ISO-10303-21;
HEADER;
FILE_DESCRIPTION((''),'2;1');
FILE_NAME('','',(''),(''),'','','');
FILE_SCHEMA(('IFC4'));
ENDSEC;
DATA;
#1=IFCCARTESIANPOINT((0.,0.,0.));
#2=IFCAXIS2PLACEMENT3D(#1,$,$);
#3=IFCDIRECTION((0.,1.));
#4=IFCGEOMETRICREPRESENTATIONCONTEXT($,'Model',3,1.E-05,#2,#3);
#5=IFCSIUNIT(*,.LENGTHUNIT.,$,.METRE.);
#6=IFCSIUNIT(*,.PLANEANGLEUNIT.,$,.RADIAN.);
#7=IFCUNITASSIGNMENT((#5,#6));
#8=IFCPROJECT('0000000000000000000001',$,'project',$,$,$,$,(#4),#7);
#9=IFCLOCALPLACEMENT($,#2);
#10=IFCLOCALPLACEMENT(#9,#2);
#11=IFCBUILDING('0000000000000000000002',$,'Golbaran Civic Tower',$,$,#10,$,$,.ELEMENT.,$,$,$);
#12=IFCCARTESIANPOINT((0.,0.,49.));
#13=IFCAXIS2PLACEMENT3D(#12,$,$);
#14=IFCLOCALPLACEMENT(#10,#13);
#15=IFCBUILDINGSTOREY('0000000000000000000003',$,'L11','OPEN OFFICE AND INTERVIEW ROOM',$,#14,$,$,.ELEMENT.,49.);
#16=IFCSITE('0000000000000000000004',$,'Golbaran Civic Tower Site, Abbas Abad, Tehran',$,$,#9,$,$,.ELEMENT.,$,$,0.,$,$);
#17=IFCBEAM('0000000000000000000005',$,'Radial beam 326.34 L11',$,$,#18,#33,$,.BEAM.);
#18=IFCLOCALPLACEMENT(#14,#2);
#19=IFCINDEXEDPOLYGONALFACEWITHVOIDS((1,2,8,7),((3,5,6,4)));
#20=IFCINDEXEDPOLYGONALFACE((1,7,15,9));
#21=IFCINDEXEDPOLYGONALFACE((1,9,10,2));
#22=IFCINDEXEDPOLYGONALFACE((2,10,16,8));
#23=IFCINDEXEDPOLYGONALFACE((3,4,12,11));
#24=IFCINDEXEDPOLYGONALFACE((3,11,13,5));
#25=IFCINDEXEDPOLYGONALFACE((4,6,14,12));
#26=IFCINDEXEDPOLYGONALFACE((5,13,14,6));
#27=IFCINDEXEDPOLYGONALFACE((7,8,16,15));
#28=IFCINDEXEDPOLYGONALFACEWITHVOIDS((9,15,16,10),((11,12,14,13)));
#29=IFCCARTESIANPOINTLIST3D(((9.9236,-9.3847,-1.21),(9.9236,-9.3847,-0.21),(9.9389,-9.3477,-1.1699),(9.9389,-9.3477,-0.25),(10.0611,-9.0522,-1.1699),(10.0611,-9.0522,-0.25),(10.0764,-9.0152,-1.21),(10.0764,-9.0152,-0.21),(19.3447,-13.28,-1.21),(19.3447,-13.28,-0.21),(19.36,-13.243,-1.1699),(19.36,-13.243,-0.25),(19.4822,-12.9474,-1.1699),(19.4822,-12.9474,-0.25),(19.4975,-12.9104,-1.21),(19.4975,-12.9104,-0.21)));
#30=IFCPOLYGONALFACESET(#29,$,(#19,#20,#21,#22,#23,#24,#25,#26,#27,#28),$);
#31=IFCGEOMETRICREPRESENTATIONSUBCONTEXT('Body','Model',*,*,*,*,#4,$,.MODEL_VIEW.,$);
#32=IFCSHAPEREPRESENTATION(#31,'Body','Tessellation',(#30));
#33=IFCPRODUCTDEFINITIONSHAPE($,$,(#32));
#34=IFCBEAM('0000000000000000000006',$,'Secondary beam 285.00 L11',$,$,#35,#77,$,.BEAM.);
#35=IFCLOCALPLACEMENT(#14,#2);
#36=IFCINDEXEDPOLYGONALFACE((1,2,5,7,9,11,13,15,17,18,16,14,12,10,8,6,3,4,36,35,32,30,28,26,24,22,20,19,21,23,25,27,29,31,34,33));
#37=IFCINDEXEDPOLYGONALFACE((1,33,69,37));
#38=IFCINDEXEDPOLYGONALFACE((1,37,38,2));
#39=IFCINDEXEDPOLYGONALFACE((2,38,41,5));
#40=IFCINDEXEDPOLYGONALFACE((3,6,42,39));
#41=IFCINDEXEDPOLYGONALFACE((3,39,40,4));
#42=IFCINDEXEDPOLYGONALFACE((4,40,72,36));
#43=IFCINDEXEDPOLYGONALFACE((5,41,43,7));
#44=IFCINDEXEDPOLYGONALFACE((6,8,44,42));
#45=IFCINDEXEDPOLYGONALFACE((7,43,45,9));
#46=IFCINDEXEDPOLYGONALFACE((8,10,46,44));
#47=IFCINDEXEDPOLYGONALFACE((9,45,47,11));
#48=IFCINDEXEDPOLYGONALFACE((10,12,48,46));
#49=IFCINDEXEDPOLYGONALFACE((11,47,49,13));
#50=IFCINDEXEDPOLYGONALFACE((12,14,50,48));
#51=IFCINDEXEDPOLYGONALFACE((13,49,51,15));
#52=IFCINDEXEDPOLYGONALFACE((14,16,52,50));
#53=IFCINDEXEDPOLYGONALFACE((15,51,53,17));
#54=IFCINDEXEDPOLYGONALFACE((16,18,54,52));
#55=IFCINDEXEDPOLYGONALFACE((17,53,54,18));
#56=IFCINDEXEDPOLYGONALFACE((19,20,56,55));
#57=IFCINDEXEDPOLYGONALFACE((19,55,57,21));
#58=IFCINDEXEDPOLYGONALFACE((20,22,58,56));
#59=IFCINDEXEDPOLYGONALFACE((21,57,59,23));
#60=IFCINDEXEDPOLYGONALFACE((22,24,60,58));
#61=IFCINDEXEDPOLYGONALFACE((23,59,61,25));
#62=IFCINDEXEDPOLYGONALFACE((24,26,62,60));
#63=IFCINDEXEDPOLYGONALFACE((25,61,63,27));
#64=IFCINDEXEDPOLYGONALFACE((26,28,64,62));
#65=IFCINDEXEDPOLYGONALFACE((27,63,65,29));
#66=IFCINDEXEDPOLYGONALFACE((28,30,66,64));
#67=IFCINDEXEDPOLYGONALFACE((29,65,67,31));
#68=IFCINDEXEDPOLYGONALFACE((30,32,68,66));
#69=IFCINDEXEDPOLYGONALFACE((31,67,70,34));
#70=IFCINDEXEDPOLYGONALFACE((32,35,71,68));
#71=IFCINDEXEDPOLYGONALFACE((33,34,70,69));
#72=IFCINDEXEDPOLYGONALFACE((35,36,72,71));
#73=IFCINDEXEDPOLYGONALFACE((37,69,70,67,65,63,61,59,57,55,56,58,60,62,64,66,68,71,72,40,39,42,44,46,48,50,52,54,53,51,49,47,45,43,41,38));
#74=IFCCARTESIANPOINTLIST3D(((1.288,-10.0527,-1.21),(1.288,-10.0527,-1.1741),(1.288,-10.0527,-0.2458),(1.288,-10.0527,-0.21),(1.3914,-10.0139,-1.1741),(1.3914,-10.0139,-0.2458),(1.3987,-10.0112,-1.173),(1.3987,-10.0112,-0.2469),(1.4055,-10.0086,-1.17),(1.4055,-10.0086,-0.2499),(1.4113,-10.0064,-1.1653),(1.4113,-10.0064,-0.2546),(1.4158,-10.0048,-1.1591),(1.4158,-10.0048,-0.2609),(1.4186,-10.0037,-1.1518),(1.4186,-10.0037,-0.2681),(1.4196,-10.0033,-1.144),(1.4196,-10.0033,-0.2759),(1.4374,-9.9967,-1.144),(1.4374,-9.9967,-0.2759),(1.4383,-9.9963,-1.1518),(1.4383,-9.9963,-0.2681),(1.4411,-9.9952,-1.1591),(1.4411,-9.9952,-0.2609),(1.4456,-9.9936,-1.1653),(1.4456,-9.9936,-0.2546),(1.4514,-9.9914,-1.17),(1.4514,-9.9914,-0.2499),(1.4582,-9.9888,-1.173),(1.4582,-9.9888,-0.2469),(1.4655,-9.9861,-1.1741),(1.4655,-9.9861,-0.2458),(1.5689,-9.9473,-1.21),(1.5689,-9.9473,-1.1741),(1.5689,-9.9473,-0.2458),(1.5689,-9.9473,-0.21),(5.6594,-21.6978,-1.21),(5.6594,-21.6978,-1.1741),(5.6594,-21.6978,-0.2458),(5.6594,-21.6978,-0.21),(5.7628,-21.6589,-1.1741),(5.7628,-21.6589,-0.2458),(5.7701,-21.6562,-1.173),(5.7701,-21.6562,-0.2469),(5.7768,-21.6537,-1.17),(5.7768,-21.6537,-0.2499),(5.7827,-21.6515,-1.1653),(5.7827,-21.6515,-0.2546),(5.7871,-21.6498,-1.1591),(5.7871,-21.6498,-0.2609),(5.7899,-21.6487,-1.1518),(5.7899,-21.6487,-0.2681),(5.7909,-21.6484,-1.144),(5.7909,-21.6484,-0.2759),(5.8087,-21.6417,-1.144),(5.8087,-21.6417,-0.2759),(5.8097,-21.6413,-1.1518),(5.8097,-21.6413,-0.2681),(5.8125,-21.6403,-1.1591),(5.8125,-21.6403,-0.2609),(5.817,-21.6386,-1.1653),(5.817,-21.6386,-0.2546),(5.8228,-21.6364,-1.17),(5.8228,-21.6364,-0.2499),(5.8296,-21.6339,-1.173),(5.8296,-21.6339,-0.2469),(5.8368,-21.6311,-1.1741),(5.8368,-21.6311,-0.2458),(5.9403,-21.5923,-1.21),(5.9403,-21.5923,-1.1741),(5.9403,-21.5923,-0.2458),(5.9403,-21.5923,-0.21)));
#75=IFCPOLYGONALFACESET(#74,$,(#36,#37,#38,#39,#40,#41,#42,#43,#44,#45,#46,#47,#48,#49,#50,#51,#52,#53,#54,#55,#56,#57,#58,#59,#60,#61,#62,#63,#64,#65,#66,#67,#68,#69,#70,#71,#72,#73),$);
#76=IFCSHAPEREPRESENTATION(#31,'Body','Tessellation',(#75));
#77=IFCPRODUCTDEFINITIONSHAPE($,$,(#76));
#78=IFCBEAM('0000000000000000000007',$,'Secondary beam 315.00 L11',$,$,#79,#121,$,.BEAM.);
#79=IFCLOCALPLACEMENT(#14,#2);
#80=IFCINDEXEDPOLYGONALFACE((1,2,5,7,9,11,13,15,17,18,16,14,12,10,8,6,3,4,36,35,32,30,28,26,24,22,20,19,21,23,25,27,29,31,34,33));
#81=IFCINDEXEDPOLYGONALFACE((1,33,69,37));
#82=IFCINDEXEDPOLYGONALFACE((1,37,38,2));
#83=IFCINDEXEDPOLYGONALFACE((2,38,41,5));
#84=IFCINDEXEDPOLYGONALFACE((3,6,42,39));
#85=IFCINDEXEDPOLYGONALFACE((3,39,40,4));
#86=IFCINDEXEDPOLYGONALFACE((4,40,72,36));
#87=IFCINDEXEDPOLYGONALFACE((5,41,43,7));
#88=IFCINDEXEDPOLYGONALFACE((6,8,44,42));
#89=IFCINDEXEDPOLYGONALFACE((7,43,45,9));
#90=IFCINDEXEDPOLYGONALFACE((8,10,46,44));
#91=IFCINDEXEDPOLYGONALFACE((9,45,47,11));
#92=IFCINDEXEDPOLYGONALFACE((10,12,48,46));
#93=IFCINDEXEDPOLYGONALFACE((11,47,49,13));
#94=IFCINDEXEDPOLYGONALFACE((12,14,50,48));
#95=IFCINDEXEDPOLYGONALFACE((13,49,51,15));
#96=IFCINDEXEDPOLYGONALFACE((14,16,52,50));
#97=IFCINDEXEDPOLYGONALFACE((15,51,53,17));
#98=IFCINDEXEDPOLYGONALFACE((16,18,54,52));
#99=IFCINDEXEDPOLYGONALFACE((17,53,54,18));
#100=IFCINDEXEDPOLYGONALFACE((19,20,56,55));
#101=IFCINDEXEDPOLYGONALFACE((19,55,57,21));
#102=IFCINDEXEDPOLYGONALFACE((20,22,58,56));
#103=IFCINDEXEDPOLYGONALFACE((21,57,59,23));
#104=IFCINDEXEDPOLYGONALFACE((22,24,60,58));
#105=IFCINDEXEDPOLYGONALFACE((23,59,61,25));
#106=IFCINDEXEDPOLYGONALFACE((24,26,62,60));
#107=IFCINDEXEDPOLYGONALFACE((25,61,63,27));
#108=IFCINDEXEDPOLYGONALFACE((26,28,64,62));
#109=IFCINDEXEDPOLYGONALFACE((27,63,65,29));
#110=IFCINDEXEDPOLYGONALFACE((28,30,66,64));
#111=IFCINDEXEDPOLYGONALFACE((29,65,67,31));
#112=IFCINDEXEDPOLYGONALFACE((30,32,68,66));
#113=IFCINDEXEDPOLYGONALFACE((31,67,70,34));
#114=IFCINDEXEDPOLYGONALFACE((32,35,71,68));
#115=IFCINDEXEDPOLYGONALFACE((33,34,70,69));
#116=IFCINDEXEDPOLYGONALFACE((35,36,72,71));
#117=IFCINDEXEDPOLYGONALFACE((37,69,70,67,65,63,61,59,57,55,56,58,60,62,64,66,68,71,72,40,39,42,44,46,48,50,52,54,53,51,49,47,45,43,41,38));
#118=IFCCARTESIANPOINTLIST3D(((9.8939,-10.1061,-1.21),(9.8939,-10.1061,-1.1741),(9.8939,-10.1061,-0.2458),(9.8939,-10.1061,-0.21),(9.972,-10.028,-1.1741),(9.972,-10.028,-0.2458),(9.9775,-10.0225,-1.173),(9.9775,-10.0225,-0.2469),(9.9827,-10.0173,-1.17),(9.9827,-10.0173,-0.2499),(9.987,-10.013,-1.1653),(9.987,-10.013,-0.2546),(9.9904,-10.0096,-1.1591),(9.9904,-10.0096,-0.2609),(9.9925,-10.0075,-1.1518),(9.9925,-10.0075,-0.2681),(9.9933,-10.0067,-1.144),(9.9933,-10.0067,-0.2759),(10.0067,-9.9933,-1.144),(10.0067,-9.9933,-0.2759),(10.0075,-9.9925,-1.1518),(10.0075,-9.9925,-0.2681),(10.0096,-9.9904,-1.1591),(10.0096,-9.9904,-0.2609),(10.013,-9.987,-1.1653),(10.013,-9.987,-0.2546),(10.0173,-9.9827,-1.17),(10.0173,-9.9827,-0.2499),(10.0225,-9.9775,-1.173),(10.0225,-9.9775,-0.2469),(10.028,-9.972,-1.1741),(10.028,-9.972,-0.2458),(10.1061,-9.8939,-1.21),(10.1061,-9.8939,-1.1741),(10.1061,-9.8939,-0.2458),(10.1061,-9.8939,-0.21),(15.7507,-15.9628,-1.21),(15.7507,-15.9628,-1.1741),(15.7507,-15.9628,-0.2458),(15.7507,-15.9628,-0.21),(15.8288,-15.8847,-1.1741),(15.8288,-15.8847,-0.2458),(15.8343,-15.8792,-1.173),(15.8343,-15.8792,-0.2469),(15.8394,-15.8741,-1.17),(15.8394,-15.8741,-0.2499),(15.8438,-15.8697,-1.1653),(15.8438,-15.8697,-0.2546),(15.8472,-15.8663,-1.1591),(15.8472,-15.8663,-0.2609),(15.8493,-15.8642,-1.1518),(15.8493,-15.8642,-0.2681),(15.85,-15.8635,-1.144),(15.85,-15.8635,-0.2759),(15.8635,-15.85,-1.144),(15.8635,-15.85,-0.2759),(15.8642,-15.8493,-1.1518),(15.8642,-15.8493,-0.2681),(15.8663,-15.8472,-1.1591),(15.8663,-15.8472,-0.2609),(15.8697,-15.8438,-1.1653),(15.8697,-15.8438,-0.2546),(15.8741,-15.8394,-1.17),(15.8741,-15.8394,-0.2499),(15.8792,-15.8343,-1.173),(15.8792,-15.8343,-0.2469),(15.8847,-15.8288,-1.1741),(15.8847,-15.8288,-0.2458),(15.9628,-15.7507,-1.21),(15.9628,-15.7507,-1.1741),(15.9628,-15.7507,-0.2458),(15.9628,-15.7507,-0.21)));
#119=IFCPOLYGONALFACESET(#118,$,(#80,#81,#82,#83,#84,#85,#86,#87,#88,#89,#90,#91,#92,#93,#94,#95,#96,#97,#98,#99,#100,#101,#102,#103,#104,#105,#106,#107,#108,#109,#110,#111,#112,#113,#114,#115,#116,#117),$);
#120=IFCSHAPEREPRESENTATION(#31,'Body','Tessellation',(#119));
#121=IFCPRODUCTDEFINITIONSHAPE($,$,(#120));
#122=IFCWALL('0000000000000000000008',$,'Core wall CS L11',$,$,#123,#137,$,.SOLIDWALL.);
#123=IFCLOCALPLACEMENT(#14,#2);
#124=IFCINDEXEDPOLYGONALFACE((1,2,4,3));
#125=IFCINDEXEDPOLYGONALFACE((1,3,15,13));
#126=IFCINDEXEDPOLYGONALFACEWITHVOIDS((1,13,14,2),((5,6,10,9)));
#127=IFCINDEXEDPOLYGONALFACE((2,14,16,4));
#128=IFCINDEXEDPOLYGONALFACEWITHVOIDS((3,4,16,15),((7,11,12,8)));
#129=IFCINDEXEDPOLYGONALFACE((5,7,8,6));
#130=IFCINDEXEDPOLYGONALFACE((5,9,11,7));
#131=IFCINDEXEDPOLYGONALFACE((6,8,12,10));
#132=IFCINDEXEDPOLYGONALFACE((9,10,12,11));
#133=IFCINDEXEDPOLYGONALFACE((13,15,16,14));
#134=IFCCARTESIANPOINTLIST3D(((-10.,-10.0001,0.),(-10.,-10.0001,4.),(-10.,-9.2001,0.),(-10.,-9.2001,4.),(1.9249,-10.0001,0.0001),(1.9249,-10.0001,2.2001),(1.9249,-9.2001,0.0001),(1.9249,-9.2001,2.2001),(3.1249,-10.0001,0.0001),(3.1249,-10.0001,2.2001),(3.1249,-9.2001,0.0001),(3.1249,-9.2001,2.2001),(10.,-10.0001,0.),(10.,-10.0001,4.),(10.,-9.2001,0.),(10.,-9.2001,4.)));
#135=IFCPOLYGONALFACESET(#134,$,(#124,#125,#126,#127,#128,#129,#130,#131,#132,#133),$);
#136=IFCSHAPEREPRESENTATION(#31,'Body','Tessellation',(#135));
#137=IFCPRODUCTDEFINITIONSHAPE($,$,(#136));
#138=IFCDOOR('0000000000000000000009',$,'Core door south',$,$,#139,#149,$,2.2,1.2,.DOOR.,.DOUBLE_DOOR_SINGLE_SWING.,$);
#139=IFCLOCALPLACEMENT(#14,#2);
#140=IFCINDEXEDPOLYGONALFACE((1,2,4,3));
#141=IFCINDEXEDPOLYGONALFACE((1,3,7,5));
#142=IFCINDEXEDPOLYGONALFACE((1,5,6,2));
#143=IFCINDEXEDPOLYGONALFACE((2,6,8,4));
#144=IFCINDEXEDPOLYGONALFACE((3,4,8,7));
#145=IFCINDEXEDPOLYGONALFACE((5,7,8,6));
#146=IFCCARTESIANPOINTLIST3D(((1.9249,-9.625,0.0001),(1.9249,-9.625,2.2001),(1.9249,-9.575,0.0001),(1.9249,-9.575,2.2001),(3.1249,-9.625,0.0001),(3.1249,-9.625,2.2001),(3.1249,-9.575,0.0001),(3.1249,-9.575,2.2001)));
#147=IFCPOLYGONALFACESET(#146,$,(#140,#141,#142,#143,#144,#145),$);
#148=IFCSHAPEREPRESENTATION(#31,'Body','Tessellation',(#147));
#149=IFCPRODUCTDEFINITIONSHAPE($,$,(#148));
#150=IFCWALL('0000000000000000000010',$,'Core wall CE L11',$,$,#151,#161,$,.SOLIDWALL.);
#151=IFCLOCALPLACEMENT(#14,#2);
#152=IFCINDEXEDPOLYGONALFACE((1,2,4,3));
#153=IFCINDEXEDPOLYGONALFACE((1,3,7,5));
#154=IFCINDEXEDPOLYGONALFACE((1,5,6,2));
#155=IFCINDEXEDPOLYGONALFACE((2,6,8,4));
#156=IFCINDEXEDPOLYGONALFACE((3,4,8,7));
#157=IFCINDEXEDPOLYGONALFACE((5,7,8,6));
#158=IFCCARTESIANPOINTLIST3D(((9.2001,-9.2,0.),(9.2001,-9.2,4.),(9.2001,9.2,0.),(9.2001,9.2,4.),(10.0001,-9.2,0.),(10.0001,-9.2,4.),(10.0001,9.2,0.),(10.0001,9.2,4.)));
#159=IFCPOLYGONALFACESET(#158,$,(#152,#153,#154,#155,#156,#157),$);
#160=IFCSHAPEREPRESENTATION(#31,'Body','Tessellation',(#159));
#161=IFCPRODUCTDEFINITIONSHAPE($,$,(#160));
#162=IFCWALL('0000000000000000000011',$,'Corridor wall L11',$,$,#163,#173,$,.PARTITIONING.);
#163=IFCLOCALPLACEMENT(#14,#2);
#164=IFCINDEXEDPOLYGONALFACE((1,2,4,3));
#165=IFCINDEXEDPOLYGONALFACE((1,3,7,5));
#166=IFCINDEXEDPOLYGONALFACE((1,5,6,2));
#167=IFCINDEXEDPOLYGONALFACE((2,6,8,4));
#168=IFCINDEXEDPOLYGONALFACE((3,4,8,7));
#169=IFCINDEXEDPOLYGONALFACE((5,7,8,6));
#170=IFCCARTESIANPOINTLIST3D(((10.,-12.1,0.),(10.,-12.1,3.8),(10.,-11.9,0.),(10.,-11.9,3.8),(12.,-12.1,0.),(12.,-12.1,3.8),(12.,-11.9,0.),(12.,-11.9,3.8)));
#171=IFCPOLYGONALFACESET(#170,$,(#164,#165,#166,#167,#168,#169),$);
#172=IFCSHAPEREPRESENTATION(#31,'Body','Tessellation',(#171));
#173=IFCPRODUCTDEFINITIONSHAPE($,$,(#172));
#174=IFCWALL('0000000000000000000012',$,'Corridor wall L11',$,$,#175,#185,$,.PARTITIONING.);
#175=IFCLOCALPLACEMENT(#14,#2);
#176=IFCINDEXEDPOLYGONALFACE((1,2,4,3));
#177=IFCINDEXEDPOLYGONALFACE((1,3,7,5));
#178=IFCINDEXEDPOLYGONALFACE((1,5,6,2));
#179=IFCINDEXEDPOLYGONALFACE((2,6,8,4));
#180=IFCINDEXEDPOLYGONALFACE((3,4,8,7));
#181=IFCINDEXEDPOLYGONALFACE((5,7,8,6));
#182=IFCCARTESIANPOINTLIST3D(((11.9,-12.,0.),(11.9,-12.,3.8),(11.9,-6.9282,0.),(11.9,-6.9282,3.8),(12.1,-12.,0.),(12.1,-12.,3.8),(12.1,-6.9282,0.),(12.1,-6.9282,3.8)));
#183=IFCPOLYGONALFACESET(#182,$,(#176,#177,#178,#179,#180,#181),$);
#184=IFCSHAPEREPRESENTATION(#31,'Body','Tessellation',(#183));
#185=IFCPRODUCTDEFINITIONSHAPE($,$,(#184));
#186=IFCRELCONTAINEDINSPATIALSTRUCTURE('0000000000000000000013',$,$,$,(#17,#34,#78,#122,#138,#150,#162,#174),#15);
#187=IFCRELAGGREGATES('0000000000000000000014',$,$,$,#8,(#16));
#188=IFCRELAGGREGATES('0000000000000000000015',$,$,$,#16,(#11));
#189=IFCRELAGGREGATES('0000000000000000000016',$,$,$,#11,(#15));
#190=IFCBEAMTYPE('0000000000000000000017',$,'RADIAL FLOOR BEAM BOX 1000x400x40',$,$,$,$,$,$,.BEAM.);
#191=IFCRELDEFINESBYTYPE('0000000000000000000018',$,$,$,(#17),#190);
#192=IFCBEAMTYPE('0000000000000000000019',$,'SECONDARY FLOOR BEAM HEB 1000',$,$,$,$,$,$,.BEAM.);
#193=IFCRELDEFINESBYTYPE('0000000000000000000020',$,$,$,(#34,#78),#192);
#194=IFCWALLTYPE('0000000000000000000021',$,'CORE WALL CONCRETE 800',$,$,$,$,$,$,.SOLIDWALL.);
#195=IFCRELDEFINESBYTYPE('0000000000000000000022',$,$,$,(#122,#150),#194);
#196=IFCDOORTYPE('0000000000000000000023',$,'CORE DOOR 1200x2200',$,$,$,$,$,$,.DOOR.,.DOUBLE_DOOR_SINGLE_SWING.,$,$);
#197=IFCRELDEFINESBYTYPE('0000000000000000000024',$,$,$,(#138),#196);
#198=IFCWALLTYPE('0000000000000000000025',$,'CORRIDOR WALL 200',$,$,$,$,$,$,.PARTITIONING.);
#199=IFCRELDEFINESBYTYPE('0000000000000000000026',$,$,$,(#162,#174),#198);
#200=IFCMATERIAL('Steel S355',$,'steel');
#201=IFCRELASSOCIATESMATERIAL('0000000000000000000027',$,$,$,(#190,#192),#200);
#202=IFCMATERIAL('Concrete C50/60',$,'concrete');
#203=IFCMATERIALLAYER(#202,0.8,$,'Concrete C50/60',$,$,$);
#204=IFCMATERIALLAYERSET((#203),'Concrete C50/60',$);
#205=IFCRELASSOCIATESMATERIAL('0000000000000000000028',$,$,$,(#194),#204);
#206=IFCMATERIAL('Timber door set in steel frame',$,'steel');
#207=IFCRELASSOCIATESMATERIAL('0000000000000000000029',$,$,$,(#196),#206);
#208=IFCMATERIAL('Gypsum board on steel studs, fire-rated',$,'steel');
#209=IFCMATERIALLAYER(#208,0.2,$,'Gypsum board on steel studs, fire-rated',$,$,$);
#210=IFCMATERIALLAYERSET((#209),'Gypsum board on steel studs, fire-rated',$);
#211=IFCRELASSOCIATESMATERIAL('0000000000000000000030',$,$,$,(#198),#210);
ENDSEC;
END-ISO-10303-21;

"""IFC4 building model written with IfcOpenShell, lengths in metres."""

from ifc_helpers import new_model, si_unit, direction, frame, frame_2d, origin, origin_2d, place, context, subcontext, project, spatial, rectangle, hollow_rectangle, i_section, extrude, material, layer, layer_set, material_profile, profile_set, type_object, element, fill, save


model = new_model("IFC4")

# Units and contexts
model_context = context("Model", 3, precision=1e-05, world=origin(), true_north=direction((0.0, 1.0)))
body_context = subcontext(model_context, "Body", "Model", "MODEL_VIEW")
ifc_project = project(units=[si_unit("LENGTHUNIT", "METRE"), si_unit("PLANEANGLEUNIT", "RADIAN")], contexts=[model_context])

# Site, building, storey
site_placement = place(None, origin())
site = spatial("IfcSite", under=ifc_project, at=site_placement, Name="Golbaran Civic Tower Site, Abbas Abad, Tehran", CompositionType="ELEMENT", RefElevation=0.0)
building_placement = place(site_placement, origin())
building = spatial("IfcBuilding", under=site, at=building_placement, Name="Golbaran Civic Tower", CompositionType="ELEMENT")
storey_placement = place(building_placement, frame((0.0, 0.0, 49.0)))
storey = spatial("IfcBuildingStorey", under=building, at=storey_placement, Name="L11", Description="OPEN OFFICE AND INTERVIEW ROOM", CompositionType="ELEMENT", Elevation=49.0)

# Beams
ifc_material_1 = material(Name="Steel S355", Category="steel")
ifc_material_profile_1 = material_profile(ifc_material_1, hollow_rectangle(XDim=0.3999, YDim=1.0, WallThickness=0.04, at=origin_2d()), Name="BOX 1000x400x40")
ifc_profile_set_1 = profile_set([ifc_material_profile_1], Name="Steel S355")
beam_type_1 = type_object("IfcBeamType", Name="RADIAL FLOOR BEAM BOX 1000x400x40", PredefinedType="BEAM", material=ifc_profile_set_1)
beam_1_placement = place(storey_placement, frame((10.0, -9.2, -0.71), z_axis=(0.924126, -0.382089, 0.0), x_axis=(0.382089, 0.924126, 0.0)))
element("IfcBeam", 1, at=beam_1_placement, inside=storey, type_object=beam_type_1, Name="Radial beam 326.34 L11", PredefinedType="BEAM", context=body_context, shape_type="SweptSolid", body=[
    extrude(hollow_rectangle(XDim=0.3999, YDim=1.0, WallThickness=0.04, at=origin_2d()), origin(), (0.0, 0.0, 1.0), 10.1946),
])
ifc_material_profile_2 = material_profile(ifc_material_1, i_section(OverallWidth=0.3, OverallDepth=1.0, WebThickness=0.019, FlangeThickness=0.0359, FilletRadius=0.03, at=origin_2d()), Name="HEB 1000")
ifc_profile_set_2 = profile_set([ifc_material_profile_2], Name="Steel S355")
beam_type_2 = type_object("IfcBeamType", Name="SECONDARY FLOOR BEAM HEB 1000", PredefinedType="BEAM", material=ifc_profile_set_2)
beam_2_placement = place(storey_placement, frame((1.4285, -10.0, -0.71), z_axis=(0.351437, -0.936211, 0.0), x_axis=(0.936211, 0.351437, 0.0)))
element("IfcBeam", 2, at=beam_2_placement, inside=storey, type_object=beam_type_2, Name="Secondary beam 285.00 L11", PredefinedType="BEAM", context=body_context, shape_type="SweptSolid", body=[
    extrude(i_section(OverallWidth=0.3, OverallDepth=1.0, WebThickness=0.019, FlangeThickness=0.0359, FilletRadius=0.03, at=origin_2d()), origin(), (0.0, 0.0, 1.0), 12.4385),
])
beam_3_placement = place(storey_placement, frame((10.0, -10.0, -0.71), z_axis=(0.707107, -0.707107, 0.0), x_axis=(0.707107, 0.707107, 0.0)))
element("IfcBeam", 3, at=beam_3_placement, inside=storey, type_object=beam_type_2, Name="Secondary beam 315.00 L11", PredefinedType="BEAM", context=body_context, shape_type="SweptSolid", body=[
    extrude(i_section(OverallWidth=0.3, OverallDepth=1.0, WebThickness=0.019, FlangeThickness=0.0359, FilletRadius=0.03, at=origin_2d()), origin(), (0.0, 0.0, 1.0), 8.2827),
])

# Wall, opening, door
ifc_material_2 = material(Name="Concrete C50/60", Category="concrete")
ifc_layer_1 = layer(ifc_material_2, 0.8, Name="Concrete C50/60")
ifc_layer_set_1 = layer_set([ifc_layer_1], Name="Concrete C50/60")
wall_type_1 = type_object("IfcWallType", Name="CORE WALL CONCRETE 800", PredefinedType="SOLIDWALL", material=ifc_layer_set_1)
wall_1_placement = place(storey_placement, frame((10.0, -9.6001, 0.0), z_axis=(0.0, 0.0, 1.0), x_axis=(-1.0, 0.0, 0.0)))
wall_1 = element("IfcWall", 4, at=wall_1_placement, inside=storey, type_object=wall_type_1, Name="Core wall CS L11", PredefinedType="SOLIDWALL", context=body_context, shape_type="SweptSolid", body=[
    extrude(rectangle(XDim=20.0, YDim=0.8, at=frame_2d((10.0, 0.0))), origin(), (0.0, 0.0, 1.0), 4.0),
])
opening_1_placement = place(wall_1_placement, frame((6.875, 0.0, 0.0)))
opening_1 = element("IfcOpeningElement", 5, at=opening_1_placement, cuts=wall_1, PredefinedType="OPENING", context=body_context, shape_type="SweptSolid", body=[
    extrude(rectangle(XDim=1.2, YDim=2.2, at=frame_2d((0.6001, 1.1001))), frame((0.0, 0.4099, 0.0), z_axis=(0.0, -1.0, 0.0), x_axis=(1.0, 0.0, 0.0)), (0.0, 0.0, 1.0), 0.8201),
])
ifc_material_3 = material(Name="Timber door set in steel frame", Category="steel")
door_type_1 = type_object("IfcDoorType", Name="CORE DOOR 1200x2200", OperationType="DOUBLE_DOOR_SINGLE_SWING", PredefinedType="DOOR", material=ifc_material_3)
door_1_placement = place(opening_1_placement, origin())
door_1 = element("IfcDoor", 6, at=door_1_placement, inside=storey, type_object=door_type_1, Name="Core door south", OperationType="DOUBLE_DOOR_SINGLE_SWING", OverallHeight=2.2, OverallWidth=1.2, PredefinedType="DOOR", context=body_context, shape_type="SweptSolid", body=[
    extrude(rectangle(XDim=1.2, YDim=2.2, at=frame_2d((0.6001, 1.1001))), frame((0.0, 0.0249, 0.0), z_axis=(0.0, -1.0, 0.0), x_axis=(1.0, 0.0, 0.0)), (0.0, 0.0, 1.0), 0.05),
])
fill(opening_1, door_1)

# Walls
wall_2_placement = place(storey_placement, frame((9.6001, -9.2, 0.0), z_axis=(0.0, 0.0, 1.0), x_axis=(0.0, 1.0, 0.0)))
element("IfcWall", 7, at=wall_2_placement, inside=storey, type_object=wall_type_1, Name="Core wall CE L11", PredefinedType="SOLIDWALL", context=body_context, shape_type="SweptSolid", body=[
    extrude(rectangle(XDim=18.3999, YDim=0.8, at=frame_2d((9.2, 0.0))), origin(), (0.0, 0.0, 1.0), 4.0),
])
ifc_material_4 = material(Name="Gypsum board on steel studs, fire-rated", Category="steel")
ifc_layer_2 = layer(ifc_material_4, 0.2, Name="Gypsum board on steel studs, fire-rated")
ifc_layer_set_2 = layer_set([ifc_layer_2], Name="Gypsum board on steel studs, fire-rated")
wall_type_2 = type_object("IfcWallType", Name="CORRIDOR WALL 200", PredefinedType="PARTITIONING", material=ifc_layer_set_2)
wall_3_placement = place(storey_placement, frame((10.0, -12.0, 0.0), z_axis=(0.0, 0.0, 1.0), x_axis=(1.0, 0.0, 0.0)))
element("IfcWall", 8, at=wall_3_placement, inside=storey, type_object=wall_type_2, Name="Corridor wall L11", PredefinedType="PARTITIONING", context=body_context, shape_type="SweptSolid", body=[
    extrude(rectangle(XDim=2.0, YDim=0.2, at=frame_2d((1.0, 0.0))), origin(), (0.0, 0.0, 1.0), 3.8),
])
wall_4_placement = place(storey_placement, frame((12.0, -12.0, 0.0), z_axis=(0.0, 0.0, 1.0), x_axis=(0.0, 1.0, 0.0)))
element("IfcWall", 9, at=wall_4_placement, inside=storey, type_object=wall_type_2, Name="Corridor wall L11", PredefinedType="PARTITIONING", context=body_context, shape_type="SweptSolid", body=[
    extrude(rectangle(XDim=5.0718, YDim=0.2, at=frame_2d((2.5359, 0.0))), origin(), (0.0, 0.0, 1.0), 3.8),
])

save(model, "model.ifc")
